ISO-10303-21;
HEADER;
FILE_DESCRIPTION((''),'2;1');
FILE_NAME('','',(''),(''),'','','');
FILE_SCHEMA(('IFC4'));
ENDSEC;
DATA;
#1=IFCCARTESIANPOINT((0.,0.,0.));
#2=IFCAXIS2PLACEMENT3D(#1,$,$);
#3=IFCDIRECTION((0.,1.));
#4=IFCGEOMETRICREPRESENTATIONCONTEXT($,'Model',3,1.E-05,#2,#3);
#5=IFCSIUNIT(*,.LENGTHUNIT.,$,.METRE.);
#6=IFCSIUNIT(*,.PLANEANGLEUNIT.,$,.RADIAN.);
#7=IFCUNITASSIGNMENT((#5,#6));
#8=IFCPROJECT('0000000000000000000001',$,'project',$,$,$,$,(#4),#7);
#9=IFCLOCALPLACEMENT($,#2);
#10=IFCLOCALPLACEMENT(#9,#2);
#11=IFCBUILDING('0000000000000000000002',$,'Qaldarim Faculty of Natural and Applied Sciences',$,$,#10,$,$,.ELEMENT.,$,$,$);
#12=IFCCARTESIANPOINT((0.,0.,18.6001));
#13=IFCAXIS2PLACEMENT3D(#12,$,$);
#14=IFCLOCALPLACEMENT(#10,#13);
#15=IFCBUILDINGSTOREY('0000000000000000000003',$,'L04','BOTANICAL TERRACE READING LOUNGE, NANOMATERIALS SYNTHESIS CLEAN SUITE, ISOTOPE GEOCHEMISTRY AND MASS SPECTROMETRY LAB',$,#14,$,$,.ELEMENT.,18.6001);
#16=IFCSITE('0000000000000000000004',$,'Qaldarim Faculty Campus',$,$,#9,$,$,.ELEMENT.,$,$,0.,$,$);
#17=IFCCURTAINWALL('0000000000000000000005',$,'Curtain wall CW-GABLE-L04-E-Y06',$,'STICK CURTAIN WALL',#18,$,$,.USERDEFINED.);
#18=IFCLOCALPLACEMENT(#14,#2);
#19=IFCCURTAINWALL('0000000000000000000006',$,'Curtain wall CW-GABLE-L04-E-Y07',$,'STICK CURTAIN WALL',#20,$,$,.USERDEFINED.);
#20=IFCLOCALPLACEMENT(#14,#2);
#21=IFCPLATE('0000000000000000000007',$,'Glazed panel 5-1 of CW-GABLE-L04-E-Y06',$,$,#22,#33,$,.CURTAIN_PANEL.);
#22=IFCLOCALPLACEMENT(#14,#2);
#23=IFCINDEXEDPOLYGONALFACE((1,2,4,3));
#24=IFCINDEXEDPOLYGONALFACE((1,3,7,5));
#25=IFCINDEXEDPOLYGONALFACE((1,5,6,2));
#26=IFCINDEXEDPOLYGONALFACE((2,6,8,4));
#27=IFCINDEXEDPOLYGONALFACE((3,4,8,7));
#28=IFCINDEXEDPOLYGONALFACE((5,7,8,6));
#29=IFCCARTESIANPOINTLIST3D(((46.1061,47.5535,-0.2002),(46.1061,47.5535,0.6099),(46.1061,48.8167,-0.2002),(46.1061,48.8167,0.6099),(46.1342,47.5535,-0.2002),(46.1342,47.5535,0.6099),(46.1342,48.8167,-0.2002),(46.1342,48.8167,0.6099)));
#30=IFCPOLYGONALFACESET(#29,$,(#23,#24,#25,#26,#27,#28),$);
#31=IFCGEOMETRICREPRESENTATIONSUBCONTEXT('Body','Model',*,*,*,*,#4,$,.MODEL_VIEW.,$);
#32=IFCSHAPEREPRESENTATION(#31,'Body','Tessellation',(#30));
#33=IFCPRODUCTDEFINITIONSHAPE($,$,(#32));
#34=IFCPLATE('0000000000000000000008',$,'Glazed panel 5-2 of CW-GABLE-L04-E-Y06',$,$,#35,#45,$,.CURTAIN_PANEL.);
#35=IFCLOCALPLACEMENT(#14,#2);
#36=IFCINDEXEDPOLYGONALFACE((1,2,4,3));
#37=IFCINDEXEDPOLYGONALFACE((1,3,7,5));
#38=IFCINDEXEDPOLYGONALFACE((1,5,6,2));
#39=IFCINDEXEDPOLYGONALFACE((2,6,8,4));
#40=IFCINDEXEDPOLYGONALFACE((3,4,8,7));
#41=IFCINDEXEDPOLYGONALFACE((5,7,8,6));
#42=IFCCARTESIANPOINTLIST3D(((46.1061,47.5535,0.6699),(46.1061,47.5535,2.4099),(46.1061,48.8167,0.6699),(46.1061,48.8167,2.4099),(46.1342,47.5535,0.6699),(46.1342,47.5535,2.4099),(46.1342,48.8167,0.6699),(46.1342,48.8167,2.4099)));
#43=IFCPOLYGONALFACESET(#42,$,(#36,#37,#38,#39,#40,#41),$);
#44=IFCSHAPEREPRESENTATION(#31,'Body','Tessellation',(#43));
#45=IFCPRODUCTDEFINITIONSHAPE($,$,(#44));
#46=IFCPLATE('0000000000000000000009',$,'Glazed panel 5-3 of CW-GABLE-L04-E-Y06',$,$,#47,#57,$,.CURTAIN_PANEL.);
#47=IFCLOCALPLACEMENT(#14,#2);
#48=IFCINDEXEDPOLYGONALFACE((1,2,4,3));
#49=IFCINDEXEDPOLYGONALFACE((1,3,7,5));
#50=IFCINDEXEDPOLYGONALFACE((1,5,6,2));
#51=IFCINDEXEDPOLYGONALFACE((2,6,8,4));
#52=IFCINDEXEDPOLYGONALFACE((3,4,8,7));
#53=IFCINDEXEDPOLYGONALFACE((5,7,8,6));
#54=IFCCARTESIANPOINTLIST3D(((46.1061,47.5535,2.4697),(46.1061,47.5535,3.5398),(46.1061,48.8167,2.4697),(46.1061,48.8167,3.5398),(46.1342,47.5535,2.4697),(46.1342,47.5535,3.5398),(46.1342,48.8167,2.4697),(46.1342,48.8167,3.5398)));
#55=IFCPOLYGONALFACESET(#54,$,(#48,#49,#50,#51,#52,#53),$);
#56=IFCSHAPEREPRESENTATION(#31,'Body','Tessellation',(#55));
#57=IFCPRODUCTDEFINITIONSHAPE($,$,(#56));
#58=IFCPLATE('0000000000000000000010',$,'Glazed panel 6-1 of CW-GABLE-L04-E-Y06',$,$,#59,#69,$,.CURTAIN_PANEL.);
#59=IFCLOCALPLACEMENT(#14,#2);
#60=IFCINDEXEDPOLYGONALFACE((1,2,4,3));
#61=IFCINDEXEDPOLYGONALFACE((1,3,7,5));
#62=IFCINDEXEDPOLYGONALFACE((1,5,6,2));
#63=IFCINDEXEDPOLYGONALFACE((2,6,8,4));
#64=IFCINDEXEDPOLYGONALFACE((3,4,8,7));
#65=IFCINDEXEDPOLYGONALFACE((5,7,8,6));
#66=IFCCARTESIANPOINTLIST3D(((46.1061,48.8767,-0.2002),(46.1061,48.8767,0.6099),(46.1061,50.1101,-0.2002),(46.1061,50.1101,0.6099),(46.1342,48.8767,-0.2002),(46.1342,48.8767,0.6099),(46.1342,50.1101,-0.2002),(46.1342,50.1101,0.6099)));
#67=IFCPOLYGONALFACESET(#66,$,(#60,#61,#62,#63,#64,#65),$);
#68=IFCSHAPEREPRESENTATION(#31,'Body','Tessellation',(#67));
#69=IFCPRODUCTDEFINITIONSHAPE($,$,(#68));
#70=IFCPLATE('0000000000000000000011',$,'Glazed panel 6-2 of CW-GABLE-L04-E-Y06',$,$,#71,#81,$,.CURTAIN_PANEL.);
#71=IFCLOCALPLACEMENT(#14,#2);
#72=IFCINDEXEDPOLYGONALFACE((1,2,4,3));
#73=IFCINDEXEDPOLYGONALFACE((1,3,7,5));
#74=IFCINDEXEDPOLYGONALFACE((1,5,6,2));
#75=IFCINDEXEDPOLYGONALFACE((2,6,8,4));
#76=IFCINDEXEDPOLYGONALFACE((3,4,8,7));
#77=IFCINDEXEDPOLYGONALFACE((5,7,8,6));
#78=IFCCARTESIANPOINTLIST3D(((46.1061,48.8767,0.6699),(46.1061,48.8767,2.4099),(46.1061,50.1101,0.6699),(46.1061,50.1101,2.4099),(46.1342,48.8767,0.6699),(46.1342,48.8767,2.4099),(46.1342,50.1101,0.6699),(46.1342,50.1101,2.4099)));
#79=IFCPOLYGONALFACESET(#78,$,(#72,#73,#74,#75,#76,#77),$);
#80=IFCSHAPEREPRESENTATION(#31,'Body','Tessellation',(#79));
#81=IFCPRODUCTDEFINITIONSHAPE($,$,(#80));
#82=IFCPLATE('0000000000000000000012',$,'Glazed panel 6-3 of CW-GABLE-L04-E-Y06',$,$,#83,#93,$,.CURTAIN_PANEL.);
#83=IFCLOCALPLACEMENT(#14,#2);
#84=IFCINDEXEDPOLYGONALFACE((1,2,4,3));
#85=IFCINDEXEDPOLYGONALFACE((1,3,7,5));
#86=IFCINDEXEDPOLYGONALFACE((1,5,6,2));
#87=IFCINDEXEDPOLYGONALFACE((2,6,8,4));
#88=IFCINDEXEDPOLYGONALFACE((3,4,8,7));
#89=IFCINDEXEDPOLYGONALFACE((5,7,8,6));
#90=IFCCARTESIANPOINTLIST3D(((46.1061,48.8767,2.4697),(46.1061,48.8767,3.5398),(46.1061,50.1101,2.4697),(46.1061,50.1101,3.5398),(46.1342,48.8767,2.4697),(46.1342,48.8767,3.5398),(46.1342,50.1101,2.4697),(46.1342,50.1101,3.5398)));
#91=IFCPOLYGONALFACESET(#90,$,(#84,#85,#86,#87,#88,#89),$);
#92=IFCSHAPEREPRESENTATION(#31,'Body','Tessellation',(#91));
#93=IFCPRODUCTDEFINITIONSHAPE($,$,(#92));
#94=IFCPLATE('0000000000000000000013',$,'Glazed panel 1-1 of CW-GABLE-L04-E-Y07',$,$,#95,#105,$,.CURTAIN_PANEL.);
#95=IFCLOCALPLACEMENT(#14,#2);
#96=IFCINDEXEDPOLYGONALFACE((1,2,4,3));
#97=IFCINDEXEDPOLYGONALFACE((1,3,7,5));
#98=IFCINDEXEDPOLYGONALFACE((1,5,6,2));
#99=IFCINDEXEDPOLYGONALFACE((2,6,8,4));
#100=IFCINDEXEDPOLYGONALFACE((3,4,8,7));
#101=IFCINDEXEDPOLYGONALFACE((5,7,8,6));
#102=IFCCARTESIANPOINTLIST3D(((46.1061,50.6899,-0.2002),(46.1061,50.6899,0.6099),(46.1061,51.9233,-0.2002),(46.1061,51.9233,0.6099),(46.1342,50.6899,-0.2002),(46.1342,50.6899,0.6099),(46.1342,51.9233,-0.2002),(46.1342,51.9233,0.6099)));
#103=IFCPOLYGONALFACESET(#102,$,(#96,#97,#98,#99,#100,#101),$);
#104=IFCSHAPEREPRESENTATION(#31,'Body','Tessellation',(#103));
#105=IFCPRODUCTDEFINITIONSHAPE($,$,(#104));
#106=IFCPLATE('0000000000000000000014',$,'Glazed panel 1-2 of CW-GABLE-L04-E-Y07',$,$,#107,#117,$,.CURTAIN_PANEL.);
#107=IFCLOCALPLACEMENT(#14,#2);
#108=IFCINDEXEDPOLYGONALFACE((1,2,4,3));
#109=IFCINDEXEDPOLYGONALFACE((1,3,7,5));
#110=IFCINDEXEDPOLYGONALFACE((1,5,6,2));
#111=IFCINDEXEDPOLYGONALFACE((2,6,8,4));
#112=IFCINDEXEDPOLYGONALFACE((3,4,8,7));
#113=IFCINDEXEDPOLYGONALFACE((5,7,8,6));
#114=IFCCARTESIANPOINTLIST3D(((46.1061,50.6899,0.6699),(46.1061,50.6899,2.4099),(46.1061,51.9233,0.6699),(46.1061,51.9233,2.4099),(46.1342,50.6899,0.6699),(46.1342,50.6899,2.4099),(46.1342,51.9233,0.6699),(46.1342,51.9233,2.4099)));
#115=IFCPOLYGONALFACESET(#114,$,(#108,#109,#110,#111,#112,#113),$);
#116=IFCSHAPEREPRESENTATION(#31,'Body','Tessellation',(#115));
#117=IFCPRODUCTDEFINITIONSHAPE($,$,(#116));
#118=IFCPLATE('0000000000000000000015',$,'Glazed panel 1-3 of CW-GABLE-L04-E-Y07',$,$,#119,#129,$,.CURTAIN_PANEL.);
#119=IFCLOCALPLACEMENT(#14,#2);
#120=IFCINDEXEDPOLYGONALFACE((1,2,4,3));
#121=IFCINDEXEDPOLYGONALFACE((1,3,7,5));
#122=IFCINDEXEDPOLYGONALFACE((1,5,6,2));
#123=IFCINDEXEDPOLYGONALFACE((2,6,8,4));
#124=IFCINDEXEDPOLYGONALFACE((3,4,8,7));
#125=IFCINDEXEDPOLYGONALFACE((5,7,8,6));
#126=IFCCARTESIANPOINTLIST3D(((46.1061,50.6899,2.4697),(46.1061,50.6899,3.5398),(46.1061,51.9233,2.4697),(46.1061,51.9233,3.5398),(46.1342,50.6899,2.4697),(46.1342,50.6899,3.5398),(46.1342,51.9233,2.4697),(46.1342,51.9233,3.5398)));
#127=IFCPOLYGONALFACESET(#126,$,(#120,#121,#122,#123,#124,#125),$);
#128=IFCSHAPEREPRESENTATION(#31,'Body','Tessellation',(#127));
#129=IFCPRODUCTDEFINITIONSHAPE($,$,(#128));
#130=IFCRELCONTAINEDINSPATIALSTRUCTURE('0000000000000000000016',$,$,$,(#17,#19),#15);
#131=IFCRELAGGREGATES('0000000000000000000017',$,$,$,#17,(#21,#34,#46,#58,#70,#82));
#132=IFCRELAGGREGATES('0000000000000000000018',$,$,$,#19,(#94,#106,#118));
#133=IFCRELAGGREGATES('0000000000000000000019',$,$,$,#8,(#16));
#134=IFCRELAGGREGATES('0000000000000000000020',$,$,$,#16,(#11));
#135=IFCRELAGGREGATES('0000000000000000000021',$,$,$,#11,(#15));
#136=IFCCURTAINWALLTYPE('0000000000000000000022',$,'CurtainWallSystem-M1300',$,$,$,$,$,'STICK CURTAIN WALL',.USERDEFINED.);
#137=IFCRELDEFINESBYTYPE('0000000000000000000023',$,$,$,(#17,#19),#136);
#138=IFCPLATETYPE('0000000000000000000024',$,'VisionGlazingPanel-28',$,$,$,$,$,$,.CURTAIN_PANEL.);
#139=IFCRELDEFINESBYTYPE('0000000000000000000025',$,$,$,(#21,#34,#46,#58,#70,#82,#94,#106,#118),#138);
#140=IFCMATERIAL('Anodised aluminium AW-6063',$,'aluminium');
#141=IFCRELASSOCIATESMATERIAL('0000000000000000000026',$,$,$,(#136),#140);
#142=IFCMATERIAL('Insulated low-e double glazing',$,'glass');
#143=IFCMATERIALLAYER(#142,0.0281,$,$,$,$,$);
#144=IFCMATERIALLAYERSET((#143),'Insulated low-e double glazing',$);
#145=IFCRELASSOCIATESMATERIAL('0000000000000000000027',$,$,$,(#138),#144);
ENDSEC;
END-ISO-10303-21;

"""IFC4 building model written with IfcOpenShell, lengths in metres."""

from ifc_helpers import new_model, si_unit, direction, frame, origin, origin_2d, place, context, subcontext, project, spatial, rectangle, extrude, material, layer, layer_set, type_object, element, aggregate, save


model = new_model("IFC4")

# Units and contexts
model_context = context("Model", 3, precision=1e-05, world=origin(), true_north=direction((0.0, 1.0)))
body_context = subcontext(model_context, "Body", "Model", "MODEL_VIEW")
ifc_project = project(units=[si_unit("LENGTHUNIT", "METRE"), si_unit("PLANEANGLEUNIT", "RADIAN")], contexts=[model_context])

# Site, building, storey
site_placement = place(None, origin())
site = spatial("IfcSite", under=ifc_project, at=site_placement, Name="Qaldarim Faculty Campus", CompositionType="ELEMENT", RefElevation=0.0)
building_placement = place(site_placement, origin())
building = spatial("IfcBuilding", under=site, at=building_placement, Name="Qaldarim Faculty of Natural and Applied Sciences", CompositionType="ELEMENT")
storey_placement = place(building_placement, frame((0.0, 0.0, 18.6001)))
storey = spatial("IfcBuildingStorey", under=building, at=storey_placement, Name="L04", Description="BOTANICAL TERRACE READING LOUNGE, NANOMATERIALS SYNTHESIS CLEAN SUITE, ISOTOPE GEOCHEMISTRY AND MASS SPECTROMETRY LAB", CompositionType="ELEMENT", Elevation=18.6001)

# Curtain walls
ifc_material_1 = material(Name="Anodised aluminium AW-6063", Category="aluminium")
curtain_wall_type = type_object("IfcCurtainWallType", Name="CurtainWallSystem-M1300", ElementType="STICK CURTAIN WALL", PredefinedType="USERDEFINED", material=ifc_material_1)
curtain_wall_1_placement = place(storey_placement, origin())
curtain_wall_1 = element("IfcCurtainWall", 1, at=curtain_wall_1_placement, inside=storey, type_object=curtain_wall_type, Name="Curtain wall CW-GABLE-L04-E-Y06", ObjectType="STICK CURTAIN WALL", PredefinedType="USERDEFINED")
curtain_wall_2_placement = place(storey_placement, origin())
curtain_wall_2 = element("IfcCurtainWall", 2, at=curtain_wall_2_placement, inside=storey, type_object=curtain_wall_type, Name="Curtain wall CW-GABLE-L04-E-Y07", ObjectType="STICK CURTAIN WALL", PredefinedType="USERDEFINED")

# Plates
ifc_material_2 = material(Name="Insulated low-e double glazing", Category="glass")
ifc_layer = layer(ifc_material_2, 0.0281)
ifc_layer_set = layer_set([ifc_layer], Name="Insulated low-e double glazing")
plate_type = type_object("IfcPlateType", Name="VisionGlazingPanel-28", PredefinedType="CURTAIN_PANEL", material=ifc_layer_set)
plate_1_placement = place(storey_placement, frame((46.1201, 48.1851, -0.2002), z_axis=(0.0, 0.0, 1.0), x_axis=(0.0, 1.0, 0.0)))
plate_1 = element("IfcPlate", 3, at=plate_1_placement, type_object=plate_type, Name="Glazed panel 5-1 of CW-GABLE-L04-E-Y06", PredefinedType="CURTAIN_PANEL", context=body_context, shape_type="SweptSolid", body=[
    extrude(rectangle(XDim=1.2632, YDim=0.0281, at=origin_2d()), origin(), (0.0, 0.0, 1.0), 0.8101),
])
plate_2_placement = place(storey_placement, frame((46.1201, 48.1851, 0.6699), z_axis=(0.0, 0.0, 1.0), x_axis=(0.0, 1.0, 0.0)))
plate_2 = element("IfcPlate", 4, at=plate_2_placement, type_object=plate_type, Name="Glazed panel 5-2 of CW-GABLE-L04-E-Y06", PredefinedType="CURTAIN_PANEL", context=body_context, shape_type="SweptSolid", body=[
    extrude(rectangle(XDim=1.2632, YDim=0.0281, at=origin_2d()), origin(), (0.0, 0.0, 1.0), 1.74),
])
plate_3_placement = place(storey_placement, frame((46.1201, 48.1851, 2.4697), z_axis=(0.0, 0.0, 1.0), x_axis=(0.0, 1.0, 0.0)))
plate_3 = element("IfcPlate", 5, at=plate_3_placement, type_object=plate_type, Name="Glazed panel 5-3 of CW-GABLE-L04-E-Y06", PredefinedType="CURTAIN_PANEL", context=body_context, shape_type="SweptSolid", body=[
    extrude(rectangle(XDim=1.2632, YDim=0.0281, at=origin_2d()), origin(), (0.0, 0.0, 1.0), 1.0701),
])
plate_4_placement = place(storey_placement, frame((46.1201, 49.4934, -0.2002), z_axis=(0.0, 0.0, 1.0), x_axis=(0.0, 1.0, 0.0)))
plate_4 = element("IfcPlate", 6, at=plate_4_placement, type_object=plate_type, Name="Glazed panel 6-1 of CW-GABLE-L04-E-Y06", PredefinedType="CURTAIN_PANEL", context=body_context, shape_type="SweptSolid", body=[
    extrude(rectangle(XDim=1.2334, YDim=0.0281, at=origin_2d()), origin(), (0.0, 0.0, 1.0), 0.8101),
])
plate_5_placement = place(storey_placement, frame((46.1201, 49.4934, 0.6699), z_axis=(0.0, 0.0, 1.0), x_axis=(0.0, 1.0, 0.0)))
plate_5 = element("IfcPlate", 7, at=plate_5_placement, type_object=plate_type, Name="Glazed panel 6-2 of CW-GABLE-L04-E-Y06", PredefinedType="CURTAIN_PANEL", context=body_context, shape_type="SweptSolid", body=[
    extrude(rectangle(XDim=1.2334, YDim=0.0281, at=origin_2d()), origin(), (0.0, 0.0, 1.0), 1.74),
])
plate_6_placement = place(storey_placement, frame((46.1201, 49.4934, 2.4697), z_axis=(0.0, 0.0, 1.0), x_axis=(0.0, 1.0, 0.0)))
plate_6 = element("IfcPlate", 8, at=plate_6_placement, type_object=plate_type, Name="Glazed panel 6-3 of CW-GABLE-L04-E-Y06", PredefinedType="CURTAIN_PANEL", context=body_context, shape_type="SweptSolid", body=[
    extrude(rectangle(XDim=1.2334, YDim=0.0281, at=origin_2d()), origin(), (0.0, 0.0, 1.0), 1.0701),
])
aggregate(curtain_wall_1, [plate_1, plate_2, plate_3, plate_4, plate_5, plate_6])
plate_7_placement = place(storey_placement, frame((46.1201, 51.3066, -0.2002), z_axis=(0.0, 0.0, 1.0), x_axis=(0.0, 1.0, 0.0)))
plate_7 = element("IfcPlate", 9, at=plate_7_placement, type_object=plate_type, Name="Glazed panel 1-1 of CW-GABLE-L04-E-Y07", PredefinedType="CURTAIN_PANEL", context=body_context, shape_type="SweptSolid", body=[
    extrude(rectangle(XDim=1.2334, YDim=0.0281, at=origin_2d()), origin(), (0.0, 0.0, 1.0), 0.8101),
])
plate_8_placement = place(storey_placement, frame((46.1201, 51.3066, 0.6699), z_axis=(0.0, 0.0, 1.0), x_axis=(0.0, 1.0, 0.0)))
plate_8 = element("IfcPlate", 10, at=plate_8_placement, type_object=plate_type, Name="Glazed panel 1-2 of CW-GABLE-L04-E-Y07", PredefinedType="CURTAIN_PANEL", context=body_context, shape_type="SweptSolid", body=[
    extrude(rectangle(XDim=1.2334, YDim=0.0281, at=origin_2d()), origin(), (0.0, 0.0, 1.0), 1.74),
])
plate_9_placement = place(storey_placement, frame((46.1201, 51.3066, 2.4697), z_axis=(0.0, 0.0, 1.0), x_axis=(0.0, 1.0, 0.0)))
plate_9 = element("IfcPlate", 11, at=plate_9_placement, type_object=plate_type, Name="Glazed panel 1-3 of CW-GABLE-L04-E-Y07", PredefinedType="CURTAIN_PANEL", context=body_context, shape_type="SweptSolid", body=[
    extrude(rectangle(XDim=1.2334, YDim=0.0281, at=origin_2d()), origin(), (0.0, 0.0, 1.0), 1.0701),
])
aggregate(curtain_wall_2, [plate_7, plate_8, plate_9])

save(model, "model.ifc")
